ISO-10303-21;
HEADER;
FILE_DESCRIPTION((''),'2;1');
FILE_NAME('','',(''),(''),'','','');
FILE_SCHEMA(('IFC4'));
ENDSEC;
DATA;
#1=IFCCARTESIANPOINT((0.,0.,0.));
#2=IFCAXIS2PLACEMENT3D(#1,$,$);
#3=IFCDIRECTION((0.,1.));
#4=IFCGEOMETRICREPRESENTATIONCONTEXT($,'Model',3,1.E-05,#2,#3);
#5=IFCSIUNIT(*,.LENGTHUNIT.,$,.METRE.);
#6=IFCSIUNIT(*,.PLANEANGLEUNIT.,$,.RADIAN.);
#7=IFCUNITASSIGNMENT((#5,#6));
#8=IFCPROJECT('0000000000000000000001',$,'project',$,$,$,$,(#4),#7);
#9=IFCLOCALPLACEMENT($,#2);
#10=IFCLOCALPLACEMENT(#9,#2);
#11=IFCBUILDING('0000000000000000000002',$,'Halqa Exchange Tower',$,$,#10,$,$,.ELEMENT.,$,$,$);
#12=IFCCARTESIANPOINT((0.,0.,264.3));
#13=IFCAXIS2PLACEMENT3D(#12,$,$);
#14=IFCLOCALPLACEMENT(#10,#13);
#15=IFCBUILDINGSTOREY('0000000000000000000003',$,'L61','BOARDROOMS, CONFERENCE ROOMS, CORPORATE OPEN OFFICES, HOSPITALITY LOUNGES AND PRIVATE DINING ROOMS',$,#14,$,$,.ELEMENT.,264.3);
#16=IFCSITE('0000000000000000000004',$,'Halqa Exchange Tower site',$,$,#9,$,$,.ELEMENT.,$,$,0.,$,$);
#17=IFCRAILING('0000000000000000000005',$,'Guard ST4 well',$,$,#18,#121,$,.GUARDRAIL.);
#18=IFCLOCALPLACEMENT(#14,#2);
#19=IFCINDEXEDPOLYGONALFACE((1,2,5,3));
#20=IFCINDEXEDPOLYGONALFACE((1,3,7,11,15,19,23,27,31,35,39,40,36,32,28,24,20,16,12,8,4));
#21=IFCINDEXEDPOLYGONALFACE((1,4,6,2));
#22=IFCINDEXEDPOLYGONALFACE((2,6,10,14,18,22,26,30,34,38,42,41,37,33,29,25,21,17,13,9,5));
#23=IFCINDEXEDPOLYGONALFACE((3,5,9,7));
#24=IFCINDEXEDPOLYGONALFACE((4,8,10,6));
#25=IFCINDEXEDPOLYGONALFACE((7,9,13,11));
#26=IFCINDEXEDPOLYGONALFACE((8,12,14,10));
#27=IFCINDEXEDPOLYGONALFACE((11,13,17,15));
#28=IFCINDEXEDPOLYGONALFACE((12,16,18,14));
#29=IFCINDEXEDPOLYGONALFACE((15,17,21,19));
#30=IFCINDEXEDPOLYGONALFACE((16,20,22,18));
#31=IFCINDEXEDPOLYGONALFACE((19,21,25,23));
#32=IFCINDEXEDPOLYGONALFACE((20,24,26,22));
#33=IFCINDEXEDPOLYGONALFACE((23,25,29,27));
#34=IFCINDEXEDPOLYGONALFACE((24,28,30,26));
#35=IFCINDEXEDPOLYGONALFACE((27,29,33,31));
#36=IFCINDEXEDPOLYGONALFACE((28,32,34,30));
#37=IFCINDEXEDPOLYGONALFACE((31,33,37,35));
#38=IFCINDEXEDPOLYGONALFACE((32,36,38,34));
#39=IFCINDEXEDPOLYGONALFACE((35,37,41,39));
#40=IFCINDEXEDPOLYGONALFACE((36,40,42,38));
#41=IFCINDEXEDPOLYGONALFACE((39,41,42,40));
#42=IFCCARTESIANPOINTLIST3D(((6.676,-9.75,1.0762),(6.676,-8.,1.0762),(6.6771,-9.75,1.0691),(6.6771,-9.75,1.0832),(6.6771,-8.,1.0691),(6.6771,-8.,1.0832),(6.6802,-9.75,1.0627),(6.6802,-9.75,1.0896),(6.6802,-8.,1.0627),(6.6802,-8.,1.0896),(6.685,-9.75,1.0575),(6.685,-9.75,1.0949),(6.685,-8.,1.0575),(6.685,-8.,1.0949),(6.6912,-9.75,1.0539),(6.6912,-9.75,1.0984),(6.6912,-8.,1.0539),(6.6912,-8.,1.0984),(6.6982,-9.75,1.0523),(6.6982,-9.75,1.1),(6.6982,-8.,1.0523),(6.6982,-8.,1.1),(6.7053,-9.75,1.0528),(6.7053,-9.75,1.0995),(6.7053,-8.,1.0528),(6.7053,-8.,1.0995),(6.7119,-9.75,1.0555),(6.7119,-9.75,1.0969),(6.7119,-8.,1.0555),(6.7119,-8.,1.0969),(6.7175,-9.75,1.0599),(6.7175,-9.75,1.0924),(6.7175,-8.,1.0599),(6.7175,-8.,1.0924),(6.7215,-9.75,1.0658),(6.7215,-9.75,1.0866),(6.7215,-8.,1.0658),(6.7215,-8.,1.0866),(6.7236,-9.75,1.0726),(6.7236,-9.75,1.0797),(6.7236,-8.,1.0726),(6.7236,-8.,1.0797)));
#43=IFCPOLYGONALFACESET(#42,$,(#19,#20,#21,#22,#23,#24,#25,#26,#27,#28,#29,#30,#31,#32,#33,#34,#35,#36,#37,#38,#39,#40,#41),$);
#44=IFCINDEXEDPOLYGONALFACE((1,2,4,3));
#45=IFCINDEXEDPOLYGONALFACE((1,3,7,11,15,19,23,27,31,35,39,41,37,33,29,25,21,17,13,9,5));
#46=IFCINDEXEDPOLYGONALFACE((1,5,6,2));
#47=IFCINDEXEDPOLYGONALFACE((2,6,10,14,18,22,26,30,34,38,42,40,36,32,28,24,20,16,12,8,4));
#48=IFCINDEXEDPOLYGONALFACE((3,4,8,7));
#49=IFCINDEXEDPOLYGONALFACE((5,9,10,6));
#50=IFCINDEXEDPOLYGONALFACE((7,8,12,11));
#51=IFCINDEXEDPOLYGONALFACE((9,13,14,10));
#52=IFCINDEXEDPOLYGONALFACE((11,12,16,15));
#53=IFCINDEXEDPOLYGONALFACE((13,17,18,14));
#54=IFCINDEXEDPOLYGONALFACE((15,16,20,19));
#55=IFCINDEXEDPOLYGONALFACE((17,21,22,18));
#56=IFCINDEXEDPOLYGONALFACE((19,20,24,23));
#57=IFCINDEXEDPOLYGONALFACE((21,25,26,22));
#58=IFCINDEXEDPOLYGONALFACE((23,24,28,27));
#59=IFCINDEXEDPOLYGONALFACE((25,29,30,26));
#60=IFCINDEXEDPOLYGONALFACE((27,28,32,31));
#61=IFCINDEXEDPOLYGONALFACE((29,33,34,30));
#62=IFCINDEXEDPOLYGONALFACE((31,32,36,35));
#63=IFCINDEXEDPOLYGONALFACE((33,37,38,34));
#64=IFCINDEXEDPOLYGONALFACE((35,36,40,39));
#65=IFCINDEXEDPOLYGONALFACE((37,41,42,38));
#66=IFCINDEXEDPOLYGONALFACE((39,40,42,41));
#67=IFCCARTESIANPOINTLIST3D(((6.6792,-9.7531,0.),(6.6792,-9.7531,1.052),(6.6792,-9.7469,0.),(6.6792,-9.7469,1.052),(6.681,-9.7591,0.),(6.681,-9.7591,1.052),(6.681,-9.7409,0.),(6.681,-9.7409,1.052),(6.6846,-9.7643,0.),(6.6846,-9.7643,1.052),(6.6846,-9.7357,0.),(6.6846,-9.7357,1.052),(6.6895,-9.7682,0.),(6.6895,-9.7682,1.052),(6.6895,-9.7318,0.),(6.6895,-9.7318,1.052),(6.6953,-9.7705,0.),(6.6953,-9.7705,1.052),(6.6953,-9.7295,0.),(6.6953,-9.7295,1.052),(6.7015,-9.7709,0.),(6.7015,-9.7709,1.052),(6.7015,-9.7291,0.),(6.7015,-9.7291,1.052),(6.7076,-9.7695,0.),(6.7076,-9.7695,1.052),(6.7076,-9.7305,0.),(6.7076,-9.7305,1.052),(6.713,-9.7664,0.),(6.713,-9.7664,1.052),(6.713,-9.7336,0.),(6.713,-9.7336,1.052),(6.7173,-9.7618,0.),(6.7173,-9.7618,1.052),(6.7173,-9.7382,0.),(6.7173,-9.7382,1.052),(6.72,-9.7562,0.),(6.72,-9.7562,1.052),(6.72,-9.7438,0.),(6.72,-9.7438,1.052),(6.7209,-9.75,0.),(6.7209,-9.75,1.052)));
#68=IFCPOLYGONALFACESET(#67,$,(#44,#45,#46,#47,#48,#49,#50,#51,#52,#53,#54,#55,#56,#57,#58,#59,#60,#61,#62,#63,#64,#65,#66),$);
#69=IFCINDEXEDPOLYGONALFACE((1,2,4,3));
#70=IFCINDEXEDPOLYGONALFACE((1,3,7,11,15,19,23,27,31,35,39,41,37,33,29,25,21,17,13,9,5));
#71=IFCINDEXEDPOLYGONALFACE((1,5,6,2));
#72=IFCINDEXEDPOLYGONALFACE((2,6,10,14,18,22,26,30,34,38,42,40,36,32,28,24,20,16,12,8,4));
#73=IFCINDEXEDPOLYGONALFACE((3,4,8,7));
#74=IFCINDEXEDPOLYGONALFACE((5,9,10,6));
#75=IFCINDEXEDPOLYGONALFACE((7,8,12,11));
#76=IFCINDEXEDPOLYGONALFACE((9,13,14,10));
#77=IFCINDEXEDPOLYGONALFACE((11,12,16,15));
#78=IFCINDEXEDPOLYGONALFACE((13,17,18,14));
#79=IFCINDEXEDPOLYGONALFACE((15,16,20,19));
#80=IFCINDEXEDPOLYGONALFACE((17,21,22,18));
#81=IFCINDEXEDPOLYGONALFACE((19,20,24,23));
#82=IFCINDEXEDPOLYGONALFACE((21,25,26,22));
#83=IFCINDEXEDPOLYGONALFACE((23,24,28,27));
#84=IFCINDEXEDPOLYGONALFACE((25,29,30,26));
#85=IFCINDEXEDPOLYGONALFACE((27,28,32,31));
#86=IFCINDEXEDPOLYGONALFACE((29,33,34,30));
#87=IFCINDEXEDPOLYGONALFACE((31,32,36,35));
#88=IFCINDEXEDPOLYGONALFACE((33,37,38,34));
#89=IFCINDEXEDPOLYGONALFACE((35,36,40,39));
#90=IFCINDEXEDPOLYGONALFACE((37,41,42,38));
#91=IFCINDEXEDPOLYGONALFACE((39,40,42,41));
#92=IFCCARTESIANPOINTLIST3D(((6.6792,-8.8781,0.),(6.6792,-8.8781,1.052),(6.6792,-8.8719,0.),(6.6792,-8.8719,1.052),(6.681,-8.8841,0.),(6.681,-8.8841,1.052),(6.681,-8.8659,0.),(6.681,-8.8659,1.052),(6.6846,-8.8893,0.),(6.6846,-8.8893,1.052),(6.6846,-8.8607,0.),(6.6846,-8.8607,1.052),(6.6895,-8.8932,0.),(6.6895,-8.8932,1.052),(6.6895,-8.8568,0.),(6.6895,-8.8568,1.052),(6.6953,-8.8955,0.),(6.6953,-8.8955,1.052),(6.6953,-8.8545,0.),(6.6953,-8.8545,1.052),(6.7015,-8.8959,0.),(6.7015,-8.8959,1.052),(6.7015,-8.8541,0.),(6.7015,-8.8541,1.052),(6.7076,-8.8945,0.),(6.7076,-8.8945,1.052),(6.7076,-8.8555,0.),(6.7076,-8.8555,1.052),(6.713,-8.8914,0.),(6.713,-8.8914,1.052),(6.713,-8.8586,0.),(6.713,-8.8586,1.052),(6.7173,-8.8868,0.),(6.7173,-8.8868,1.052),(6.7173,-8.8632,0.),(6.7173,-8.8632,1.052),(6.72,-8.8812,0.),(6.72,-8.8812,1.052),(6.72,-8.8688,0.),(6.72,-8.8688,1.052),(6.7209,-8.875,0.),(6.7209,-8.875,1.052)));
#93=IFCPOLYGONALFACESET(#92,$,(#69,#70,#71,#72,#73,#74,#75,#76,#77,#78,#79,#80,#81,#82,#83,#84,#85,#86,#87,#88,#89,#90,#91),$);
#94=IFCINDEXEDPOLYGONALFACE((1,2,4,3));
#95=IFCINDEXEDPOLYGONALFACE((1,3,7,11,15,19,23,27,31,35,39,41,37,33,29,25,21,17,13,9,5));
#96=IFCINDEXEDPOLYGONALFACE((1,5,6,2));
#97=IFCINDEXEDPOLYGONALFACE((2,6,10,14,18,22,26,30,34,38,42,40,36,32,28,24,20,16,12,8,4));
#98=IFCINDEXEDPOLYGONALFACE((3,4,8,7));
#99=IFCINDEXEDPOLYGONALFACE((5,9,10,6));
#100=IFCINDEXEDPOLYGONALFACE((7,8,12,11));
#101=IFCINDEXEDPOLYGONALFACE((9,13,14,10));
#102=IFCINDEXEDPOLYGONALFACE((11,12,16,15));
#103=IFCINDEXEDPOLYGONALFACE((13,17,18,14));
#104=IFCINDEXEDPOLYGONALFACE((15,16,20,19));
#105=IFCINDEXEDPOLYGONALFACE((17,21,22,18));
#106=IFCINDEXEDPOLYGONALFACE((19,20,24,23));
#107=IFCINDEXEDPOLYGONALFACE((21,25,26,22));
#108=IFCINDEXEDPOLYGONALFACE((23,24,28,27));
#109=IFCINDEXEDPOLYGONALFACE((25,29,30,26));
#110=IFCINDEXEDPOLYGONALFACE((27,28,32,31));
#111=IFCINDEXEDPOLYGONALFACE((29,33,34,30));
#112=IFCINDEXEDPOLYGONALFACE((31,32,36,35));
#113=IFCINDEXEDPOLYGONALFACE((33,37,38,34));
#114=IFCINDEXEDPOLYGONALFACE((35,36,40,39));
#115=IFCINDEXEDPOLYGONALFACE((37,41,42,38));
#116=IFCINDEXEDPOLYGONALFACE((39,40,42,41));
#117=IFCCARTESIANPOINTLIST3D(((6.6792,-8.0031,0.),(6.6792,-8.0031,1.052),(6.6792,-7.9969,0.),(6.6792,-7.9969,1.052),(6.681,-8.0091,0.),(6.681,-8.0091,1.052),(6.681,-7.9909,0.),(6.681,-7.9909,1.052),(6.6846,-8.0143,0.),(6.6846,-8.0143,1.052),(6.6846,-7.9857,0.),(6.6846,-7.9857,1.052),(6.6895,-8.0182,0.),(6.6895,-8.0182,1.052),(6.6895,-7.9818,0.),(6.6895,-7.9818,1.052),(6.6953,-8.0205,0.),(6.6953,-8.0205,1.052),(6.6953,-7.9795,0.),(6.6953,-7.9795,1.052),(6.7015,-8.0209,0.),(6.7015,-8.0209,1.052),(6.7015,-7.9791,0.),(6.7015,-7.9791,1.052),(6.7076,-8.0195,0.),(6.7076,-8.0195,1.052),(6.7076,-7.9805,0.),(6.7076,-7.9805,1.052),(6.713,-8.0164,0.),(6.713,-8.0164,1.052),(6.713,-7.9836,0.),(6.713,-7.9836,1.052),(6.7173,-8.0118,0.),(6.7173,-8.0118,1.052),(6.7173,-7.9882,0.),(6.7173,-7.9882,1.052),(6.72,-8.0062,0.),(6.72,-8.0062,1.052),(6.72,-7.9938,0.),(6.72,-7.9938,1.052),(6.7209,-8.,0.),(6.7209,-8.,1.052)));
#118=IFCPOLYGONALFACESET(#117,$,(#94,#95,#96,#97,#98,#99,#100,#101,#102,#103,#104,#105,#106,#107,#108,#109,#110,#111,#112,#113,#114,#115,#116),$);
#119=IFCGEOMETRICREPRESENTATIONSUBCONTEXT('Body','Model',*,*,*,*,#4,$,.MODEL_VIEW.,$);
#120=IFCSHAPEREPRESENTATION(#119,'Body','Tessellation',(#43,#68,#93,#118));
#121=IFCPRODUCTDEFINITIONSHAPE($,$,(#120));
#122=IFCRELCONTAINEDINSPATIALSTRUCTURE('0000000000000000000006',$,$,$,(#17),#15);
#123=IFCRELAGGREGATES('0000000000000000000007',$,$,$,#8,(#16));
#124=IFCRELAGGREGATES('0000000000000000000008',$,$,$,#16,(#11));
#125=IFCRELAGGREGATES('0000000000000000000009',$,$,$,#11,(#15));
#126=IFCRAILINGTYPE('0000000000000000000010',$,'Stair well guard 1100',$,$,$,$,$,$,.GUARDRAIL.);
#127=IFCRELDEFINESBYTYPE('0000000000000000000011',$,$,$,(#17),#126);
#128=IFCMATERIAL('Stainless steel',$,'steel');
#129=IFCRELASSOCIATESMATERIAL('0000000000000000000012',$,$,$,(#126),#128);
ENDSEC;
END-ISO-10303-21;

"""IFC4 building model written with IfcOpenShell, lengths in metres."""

from ifc_helpers import new_model, si_unit, direction, frame, origin, origin_2d, place, context, subcontext, project, spatial, circle, extrude, material, type_object, element, save


model = new_model("IFC4")

# Units and contexts
model_context = context("Model", 3, precision=1e-05, world=origin(), true_north=direction((0.0, 1.0)))
body_context = subcontext(model_context, "Body", "Model", "MODEL_VIEW")
ifc_project = project(units=[si_unit("LENGTHUNIT", "METRE"), si_unit("PLANEANGLEUNIT", "RADIAN")], contexts=[model_context])

# Site, building, storey
site_placement = place(None, origin())
site = spatial("IfcSite", under=ifc_project, at=site_placement, Name="Halqa Exchange Tower site", CompositionType="ELEMENT", RefElevation=0.0)
building_placement = place(site_placement, origin())
building = spatial("IfcBuilding", under=site, at=building_placement, Name="Halqa Exchange Tower", CompositionType="ELEMENT")
storey_placement = place(building_placement, frame((0.0, 0.0, 264.3)))
storey = spatial("IfcBuildingStorey", under=building, at=storey_placement, Name="L61", Description="BOARDROOMS, CONFERENCE ROOMS, CORPORATE OPEN OFFICES, HOSPITALITY LOUNGES AND PRIVATE DINING ROOMS", CompositionType="ELEMENT", Elevation=264.3)

# Railing
ifc_material_1 = material(Name="Stainless steel", Category="steel")
railing_type_1 = type_object("IfcRailingType", Name="Stair well guard 1100", PredefinedType="GUARDRAIL", material=ifc_material_1)
railing_1_placement = place(storey_placement, frame((6.7, -9.75, 0.0)))
element("IfcRailing", 1, at=railing_1_placement, inside=storey, type_object=railing_type_1, Name="Guard ST4 well", PredefinedType="GUARDRAIL", context=body_context, shape_type="SweptSolid", body=[
    extrude(circle(Radius=0.0239, at=origin_2d()), frame((0.0, 0.0, 1.0762), z_axis=(0.0, 1.0, 0.0), x_axis=(-1.0, 0.0, 0.0)), (0.0, 0.0, 1.0), 1.75),
    extrude(circle(Radius=0.021, at=origin_2d()), origin(), (0.0, 0.0, 1.0), 1.052),
    extrude(circle(Radius=0.021, at=origin_2d()), frame((0.0, 0.875, 0.0)), (0.0, 0.0, 1.0), 1.052),
    extrude(circle(Radius=0.021, at=origin_2d()), frame((0.0, 1.75, 0.0)), (0.0, 0.0, 1.0), 1.052),
])

save(model, "model.ifc")
